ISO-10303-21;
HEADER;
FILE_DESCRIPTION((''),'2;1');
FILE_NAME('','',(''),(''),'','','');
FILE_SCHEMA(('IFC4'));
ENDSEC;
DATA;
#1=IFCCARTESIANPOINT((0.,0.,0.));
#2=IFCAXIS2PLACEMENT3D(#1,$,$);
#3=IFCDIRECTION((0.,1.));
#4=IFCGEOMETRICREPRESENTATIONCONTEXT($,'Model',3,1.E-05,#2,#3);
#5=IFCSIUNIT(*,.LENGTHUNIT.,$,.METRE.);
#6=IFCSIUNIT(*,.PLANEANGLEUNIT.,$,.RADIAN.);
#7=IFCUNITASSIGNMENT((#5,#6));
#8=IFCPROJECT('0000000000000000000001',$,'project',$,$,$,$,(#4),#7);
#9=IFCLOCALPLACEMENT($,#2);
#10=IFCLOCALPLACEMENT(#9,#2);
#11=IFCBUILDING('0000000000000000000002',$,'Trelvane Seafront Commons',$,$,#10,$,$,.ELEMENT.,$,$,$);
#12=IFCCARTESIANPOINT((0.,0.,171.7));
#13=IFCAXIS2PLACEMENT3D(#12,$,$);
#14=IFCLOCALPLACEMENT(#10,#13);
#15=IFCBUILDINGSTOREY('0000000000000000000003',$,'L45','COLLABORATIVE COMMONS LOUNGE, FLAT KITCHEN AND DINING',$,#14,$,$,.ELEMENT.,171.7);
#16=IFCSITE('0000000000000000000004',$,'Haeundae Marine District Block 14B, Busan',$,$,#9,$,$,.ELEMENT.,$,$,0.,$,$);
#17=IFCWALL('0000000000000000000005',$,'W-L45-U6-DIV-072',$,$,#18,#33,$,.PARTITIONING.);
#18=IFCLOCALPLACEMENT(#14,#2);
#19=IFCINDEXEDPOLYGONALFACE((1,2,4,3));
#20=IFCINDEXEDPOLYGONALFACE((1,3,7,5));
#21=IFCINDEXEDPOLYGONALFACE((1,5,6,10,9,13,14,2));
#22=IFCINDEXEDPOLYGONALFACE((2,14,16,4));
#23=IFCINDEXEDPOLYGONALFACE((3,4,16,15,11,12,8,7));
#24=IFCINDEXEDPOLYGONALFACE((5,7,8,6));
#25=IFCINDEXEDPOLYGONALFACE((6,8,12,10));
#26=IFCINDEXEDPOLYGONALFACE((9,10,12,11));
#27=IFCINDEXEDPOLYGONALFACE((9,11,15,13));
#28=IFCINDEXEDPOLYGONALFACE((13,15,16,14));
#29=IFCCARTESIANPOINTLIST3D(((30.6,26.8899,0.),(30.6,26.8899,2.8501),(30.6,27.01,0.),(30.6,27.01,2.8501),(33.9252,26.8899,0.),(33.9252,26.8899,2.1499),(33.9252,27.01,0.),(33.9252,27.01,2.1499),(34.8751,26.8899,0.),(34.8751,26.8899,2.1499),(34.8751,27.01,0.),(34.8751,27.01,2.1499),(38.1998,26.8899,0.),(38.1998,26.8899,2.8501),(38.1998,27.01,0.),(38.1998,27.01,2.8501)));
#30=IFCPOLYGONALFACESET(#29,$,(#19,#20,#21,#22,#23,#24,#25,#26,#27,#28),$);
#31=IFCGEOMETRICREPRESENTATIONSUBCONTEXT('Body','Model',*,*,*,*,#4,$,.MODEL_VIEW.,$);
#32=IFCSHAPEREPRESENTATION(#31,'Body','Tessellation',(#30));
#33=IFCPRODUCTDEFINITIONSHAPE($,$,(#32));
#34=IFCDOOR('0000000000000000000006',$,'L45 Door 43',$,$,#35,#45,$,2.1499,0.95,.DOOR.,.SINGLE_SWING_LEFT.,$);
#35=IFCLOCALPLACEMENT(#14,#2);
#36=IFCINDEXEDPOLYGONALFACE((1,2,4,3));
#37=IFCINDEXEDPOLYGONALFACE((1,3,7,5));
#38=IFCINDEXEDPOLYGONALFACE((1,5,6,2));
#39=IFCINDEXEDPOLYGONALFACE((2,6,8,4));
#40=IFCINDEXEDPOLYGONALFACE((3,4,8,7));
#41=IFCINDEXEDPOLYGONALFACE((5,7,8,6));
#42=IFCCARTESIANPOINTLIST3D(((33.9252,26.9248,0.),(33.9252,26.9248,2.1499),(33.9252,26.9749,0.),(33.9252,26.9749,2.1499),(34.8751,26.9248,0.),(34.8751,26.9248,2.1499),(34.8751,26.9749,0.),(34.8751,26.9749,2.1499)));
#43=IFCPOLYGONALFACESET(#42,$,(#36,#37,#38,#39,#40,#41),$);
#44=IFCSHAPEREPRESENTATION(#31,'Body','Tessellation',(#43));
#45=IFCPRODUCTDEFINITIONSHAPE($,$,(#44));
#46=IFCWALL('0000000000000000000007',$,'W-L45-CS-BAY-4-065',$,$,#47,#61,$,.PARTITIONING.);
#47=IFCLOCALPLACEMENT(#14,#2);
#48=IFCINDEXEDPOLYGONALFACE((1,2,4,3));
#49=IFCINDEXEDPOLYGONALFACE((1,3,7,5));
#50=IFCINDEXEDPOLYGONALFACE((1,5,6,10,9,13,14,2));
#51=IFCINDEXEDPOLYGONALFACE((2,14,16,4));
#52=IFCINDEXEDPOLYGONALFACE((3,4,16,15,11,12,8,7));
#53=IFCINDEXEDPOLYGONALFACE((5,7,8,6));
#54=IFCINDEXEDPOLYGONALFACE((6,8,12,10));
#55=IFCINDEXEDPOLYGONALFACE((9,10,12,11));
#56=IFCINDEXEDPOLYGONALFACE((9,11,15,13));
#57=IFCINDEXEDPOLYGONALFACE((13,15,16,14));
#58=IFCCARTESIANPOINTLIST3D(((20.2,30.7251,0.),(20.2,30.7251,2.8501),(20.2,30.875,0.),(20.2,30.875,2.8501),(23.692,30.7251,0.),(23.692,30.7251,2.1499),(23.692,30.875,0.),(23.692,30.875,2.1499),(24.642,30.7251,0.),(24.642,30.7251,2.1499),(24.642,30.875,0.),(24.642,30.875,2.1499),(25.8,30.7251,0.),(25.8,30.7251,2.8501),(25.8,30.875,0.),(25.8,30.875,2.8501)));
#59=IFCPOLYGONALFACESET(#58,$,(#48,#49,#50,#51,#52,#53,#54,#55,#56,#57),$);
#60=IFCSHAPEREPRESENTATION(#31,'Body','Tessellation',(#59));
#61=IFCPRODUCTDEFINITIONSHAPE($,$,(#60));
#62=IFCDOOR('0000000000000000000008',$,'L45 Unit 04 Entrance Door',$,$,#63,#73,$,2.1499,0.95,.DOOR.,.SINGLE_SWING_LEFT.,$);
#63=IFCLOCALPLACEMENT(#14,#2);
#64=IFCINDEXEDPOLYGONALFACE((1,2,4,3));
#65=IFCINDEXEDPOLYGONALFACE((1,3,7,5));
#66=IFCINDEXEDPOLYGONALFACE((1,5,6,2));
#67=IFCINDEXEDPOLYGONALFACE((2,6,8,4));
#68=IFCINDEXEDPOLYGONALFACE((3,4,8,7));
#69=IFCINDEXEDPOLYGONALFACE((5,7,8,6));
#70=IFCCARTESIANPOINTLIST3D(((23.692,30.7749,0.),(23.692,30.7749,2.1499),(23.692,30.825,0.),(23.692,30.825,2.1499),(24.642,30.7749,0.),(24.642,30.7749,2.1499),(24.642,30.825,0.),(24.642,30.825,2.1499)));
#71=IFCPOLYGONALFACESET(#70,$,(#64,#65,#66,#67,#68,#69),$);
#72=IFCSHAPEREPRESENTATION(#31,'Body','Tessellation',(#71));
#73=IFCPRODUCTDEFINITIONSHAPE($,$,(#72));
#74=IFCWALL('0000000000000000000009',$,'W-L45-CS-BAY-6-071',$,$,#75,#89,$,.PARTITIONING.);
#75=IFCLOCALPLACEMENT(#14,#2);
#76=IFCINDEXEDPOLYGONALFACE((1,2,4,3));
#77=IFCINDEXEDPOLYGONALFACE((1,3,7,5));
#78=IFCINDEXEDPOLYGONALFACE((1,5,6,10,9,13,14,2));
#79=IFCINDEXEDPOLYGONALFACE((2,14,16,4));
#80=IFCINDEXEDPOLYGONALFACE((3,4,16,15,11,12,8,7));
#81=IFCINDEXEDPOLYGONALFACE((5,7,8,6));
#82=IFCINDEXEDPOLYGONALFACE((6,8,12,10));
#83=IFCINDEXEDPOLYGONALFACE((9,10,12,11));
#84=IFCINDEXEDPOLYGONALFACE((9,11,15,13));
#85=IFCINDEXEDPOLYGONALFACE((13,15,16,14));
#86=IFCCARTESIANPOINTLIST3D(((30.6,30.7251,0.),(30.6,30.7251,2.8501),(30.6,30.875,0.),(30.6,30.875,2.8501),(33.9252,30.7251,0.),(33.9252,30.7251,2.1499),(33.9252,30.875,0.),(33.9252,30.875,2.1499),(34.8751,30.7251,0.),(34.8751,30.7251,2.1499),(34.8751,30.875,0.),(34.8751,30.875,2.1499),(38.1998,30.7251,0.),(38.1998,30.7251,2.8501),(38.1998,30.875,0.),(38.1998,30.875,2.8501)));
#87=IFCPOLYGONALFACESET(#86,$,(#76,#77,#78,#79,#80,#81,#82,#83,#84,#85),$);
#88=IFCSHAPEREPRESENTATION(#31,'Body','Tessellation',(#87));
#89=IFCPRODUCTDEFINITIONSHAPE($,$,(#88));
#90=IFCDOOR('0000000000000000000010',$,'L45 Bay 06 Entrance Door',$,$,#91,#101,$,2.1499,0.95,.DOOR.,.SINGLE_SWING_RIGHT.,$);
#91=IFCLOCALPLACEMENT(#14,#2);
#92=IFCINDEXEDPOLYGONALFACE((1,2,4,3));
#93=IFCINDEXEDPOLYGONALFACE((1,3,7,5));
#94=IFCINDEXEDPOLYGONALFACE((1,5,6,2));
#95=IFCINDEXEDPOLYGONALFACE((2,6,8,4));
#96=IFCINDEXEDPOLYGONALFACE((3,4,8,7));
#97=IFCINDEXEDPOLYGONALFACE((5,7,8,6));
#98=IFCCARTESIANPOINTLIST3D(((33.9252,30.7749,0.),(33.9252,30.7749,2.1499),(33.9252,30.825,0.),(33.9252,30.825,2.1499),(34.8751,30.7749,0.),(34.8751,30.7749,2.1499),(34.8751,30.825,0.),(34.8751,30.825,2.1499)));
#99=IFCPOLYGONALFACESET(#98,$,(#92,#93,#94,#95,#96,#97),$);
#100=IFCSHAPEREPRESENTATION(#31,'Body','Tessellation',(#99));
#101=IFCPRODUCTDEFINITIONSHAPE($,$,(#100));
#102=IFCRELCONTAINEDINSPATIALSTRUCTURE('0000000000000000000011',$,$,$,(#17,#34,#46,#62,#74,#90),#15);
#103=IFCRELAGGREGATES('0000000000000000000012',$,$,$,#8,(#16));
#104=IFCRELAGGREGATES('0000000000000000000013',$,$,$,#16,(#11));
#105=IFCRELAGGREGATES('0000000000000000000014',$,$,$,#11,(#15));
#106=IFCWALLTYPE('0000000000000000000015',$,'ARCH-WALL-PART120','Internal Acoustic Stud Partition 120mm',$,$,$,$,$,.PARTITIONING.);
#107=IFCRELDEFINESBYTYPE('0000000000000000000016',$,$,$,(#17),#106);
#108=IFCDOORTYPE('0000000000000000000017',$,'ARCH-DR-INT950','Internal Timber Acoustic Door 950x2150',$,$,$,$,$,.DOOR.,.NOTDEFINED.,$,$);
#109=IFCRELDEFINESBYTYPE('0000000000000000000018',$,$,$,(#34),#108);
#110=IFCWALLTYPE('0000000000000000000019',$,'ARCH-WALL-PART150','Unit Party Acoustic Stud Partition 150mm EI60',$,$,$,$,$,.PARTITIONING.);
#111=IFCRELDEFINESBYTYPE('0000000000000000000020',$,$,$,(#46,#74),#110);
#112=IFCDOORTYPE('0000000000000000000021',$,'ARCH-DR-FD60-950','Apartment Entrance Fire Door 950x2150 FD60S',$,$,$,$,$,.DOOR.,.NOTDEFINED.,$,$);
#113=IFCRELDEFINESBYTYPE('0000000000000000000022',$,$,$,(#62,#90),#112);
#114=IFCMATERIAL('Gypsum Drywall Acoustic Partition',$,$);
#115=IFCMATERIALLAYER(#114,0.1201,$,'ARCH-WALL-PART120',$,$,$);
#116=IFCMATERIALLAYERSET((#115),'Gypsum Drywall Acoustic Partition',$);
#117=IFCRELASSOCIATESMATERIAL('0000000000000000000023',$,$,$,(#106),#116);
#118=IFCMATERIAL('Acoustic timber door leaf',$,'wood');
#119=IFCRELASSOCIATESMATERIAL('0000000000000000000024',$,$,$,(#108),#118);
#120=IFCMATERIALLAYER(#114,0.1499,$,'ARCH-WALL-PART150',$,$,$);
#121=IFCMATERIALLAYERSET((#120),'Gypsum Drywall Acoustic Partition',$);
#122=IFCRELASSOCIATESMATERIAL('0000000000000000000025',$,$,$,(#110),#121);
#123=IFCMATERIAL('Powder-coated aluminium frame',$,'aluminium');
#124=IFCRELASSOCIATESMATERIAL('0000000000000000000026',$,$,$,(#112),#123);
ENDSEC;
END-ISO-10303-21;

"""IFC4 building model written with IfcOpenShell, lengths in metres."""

from ifc_helpers import new_model, si_unit, direction, frame, frame_2d, origin, place, context, subcontext, project, spatial, rectangle, extrude, source, transform, mapped, material, layer, layer_set, type_object, element, fill, save


model = new_model("IFC4")

# Units and contexts
model_context = context("Model", 3, precision=1e-05, world=origin(), true_north=direction((0.0, 1.0)))
body_context = subcontext(model_context, "Body", "Model", "MODEL_VIEW")
ifc_project = project(units=[si_unit("LENGTHUNIT", "METRE"), si_unit("PLANEANGLEUNIT", "RADIAN")], contexts=[model_context])

# Site, building, storey
site_placement = place(None, origin())
site = spatial("IfcSite", under=ifc_project, at=site_placement, Name="Haeundae Marine District Block 14B, Busan", CompositionType="ELEMENT", RefElevation=0.0)
building_placement = place(site_placement, origin())
building = spatial("IfcBuilding", under=site, at=building_placement, Name="Trelvane Seafront Commons", CompositionType="ELEMENT")
storey_placement = place(building_placement, frame((0.0, 0.0, 171.7)))
storey = spatial("IfcBuildingStorey", under=building, at=storey_placement, Name="L45", Description="COLLABORATIVE COMMONS LOUNGE, FLAT KITCHEN AND DINING", CompositionType="ELEMENT", Elevation=171.7)

# Shared definitions
ifc_material_1 = material(Name="Gypsum Drywall Acoustic Partition")
ifc_layer_1 = layer(ifc_material_1, 0.1201, Name="ARCH-WALL-PART120")
ifc_layer_set_1 = layer_set([ifc_layer_1], Name="Gypsum Drywall Acoustic Partition")
wall_type_1 = type_object("IfcWallType", Name="ARCH-WALL-PART120", Description="Internal Acoustic Stud Partition 120mm", PredefinedType="PARTITIONING", material=ifc_layer_set_1)
ifc_material_2 = material(Name="Acoustic timber door leaf", Category="wood")

# Walls, openings, doors
door_type_1 = type_object("IfcDoorType", Name="ARCH-DR-INT950", Description="Internal Timber Acoustic Door 950x2150", OperationType="NOTDEFINED", PredefinedType="DOOR", material=ifc_material_2)
shared_shape_1 = source(origin(), body_context, "Body", "SweptSolid", [
    extrude(rectangle(XDim=0.95, YDim=2.1499, at=frame_2d((0.4751, 1.075))), frame((0.0, 0.0249, 0.0), z_axis=(0.0, -1.0, 0.0), x_axis=(1.0, 0.0, 0.0)), (0.0, 0.0, 1.0), 0.05),
])
wall_1_placement = place(storey_placement, frame((30.6001, 26.95, 0.0), z_axis=(0.0, 0.0, 1.0), x_axis=(1.0, 0.0, 0.0)))
wall_1 = element("IfcWall", 1, at=wall_1_placement, inside=storey, type_object=wall_type_1, Name="W-L45-U6-DIV-072", PredefinedType="PARTITIONING", context=body_context, shape_type="SweptSolid", body=[
    extrude(rectangle(XDim=7.5999, YDim=0.1201, at=frame_2d((3.7998, 0.0))), origin(), (0.0, 0.0, 1.0), 2.8501),
])
opening_1_placement = place(wall_1_placement, frame((3.325, 0.0, 0.0)))
opening_1 = element("IfcOpeningElement", 2, at=opening_1_placement, cuts=wall_1, PredefinedType="OPENING", context=body_context, shape_type="SweptSolid", body=[
    extrude(rectangle(XDim=0.95, YDim=2.1499, at=frame_2d((0.4751, 1.075))), frame((0.0, 0.0701, 0.0), z_axis=(0.0, -1.0, 0.0), x_axis=(1.0, 0.0, 0.0)), (0.0, 0.0, 1.0), 0.1401),
])
door_1_placement = place(opening_1_placement, origin())
door_1 = element("IfcDoor", 3, at=door_1_placement, inside=storey, type_object=door_type_1, Name="L45 Door 43", OperationType="SINGLE_SWING_LEFT", OverallHeight=2.1499, OverallWidth=0.95, PredefinedType="DOOR", context=body_context, shape_type="MappedRepresentation", body=[
    mapped(shared_shape_1, transform((0.0, 0.0, 0.0), x_axis=(1.0, 0.0, 0.0), y_axis=(0.0, 1.0, 0.0), z_axis=(0.0, 0.0, 1.0), scale=1.0)),
])
fill(opening_1, door_1)
ifc_layer_2 = layer(ifc_material_1, 0.1499, Name="ARCH-WALL-PART150")
ifc_layer_set_2 = layer_set([ifc_layer_2], Name="Gypsum Drywall Acoustic Partition")
wall_type_2 = type_object("IfcWallType", Name="ARCH-WALL-PART150", Description="Unit Party Acoustic Stud Partition 150mm EI60", PredefinedType="PARTITIONING", material=ifc_layer_set_2)
wall_2_placement = place(storey_placement, frame((20.2, 30.8, 0.0), z_axis=(0.0, 0.0, 1.0), x_axis=(1.0, 0.0, 0.0)))
wall_2 = element("IfcWall", 4, at=wall_2_placement, inside=storey, type_object=wall_type_2, Name="W-L45-CS-BAY-4-065", PredefinedType="PARTITIONING", context=body_context, shape_type="SweptSolid", body=[
    extrude(rectangle(XDim=5.6001, YDim=0.1499, at=frame_2d((2.8, 0.0))), origin(), (0.0, 0.0, 1.0), 2.8501),
])
opening_2_placement = place(wall_2_placement, frame((3.4919, 0.0, 0.0)))
opening_2 = element("IfcOpeningElement", 5, at=opening_2_placement, cuts=wall_2, PredefinedType="OPENING", context=body_context, shape_type="SweptSolid", body=[
    extrude(rectangle(XDim=0.95, YDim=2.1499, at=frame_2d((0.4751, 1.075))), frame((0.0, 0.085, 0.0), z_axis=(0.0, -1.0, 0.0), x_axis=(1.0, 0.0, 0.0)), (0.0, 0.0, 1.0), 0.1699),
])
ifc_material_3 = material(Name="Powder-coated aluminium frame", Category="aluminium")
door_type_2 = type_object("IfcDoorType", Name="ARCH-DR-FD60-950", Description="Apartment Entrance Fire Door 950x2150 FD60S", OperationType="NOTDEFINED", PredefinedType="DOOR", material=ifc_material_3)
door_2_placement = place(opening_2_placement, origin())
door_2 = element("IfcDoor", 6, at=door_2_placement, inside=storey, type_object=door_type_2, Name="L45 Unit 04 Entrance Door", OperationType="SINGLE_SWING_LEFT", OverallHeight=2.1499, OverallWidth=0.95, PredefinedType="DOOR", context=body_context, shape_type="MappedRepresentation", body=[
    mapped(shared_shape_1, transform((0.0, 0.0, 0.0), x_axis=(1.0, 0.0, 0.0), y_axis=(0.0, 1.0, 0.0), z_axis=(0.0, 0.0, 1.0), scale=1.0)),
])
fill(opening_2, door_2)
wall_3_placement = place(storey_placement, frame((30.6001, 30.8, 0.0), z_axis=(0.0, 0.0, 1.0), x_axis=(1.0, 0.0, 0.0)))
wall_3 = element("IfcWall", 7, at=wall_3_placement, inside=storey, type_object=wall_type_2, Name="W-L45-CS-BAY-6-071", PredefinedType="PARTITIONING", context=body_context, shape_type="SweptSolid", body=[
    extrude(rectangle(XDim=7.5999, YDim=0.1499, at=frame_2d((3.7998, 0.0))), origin(), (0.0, 0.0, 1.0), 2.8501),
])
opening_3_placement = place(wall_3_placement, frame((3.325, 0.0, 0.0)))
opening_3 = element("IfcOpeningElement", 8, at=opening_3_placement, cuts=wall_3, PredefinedType="OPENING", context=body_context, shape_type="SweptSolid", body=[
    extrude(rectangle(XDim=0.95, YDim=2.1499, at=frame_2d((0.4751, 1.075))), frame((0.0, 0.085, 0.0), z_axis=(0.0, -1.0, 0.0), x_axis=(1.0, 0.0, 0.0)), (0.0, 0.0, 1.0), 0.1699),
])
door_3_placement = place(opening_3_placement, origin())
door_3 = element("IfcDoor", 9, at=door_3_placement, inside=storey, type_object=door_type_2, Name="L45 Bay 06 Entrance Door", OperationType="SINGLE_SWING_RIGHT", OverallHeight=2.1499, OverallWidth=0.95, PredefinedType="DOOR", context=body_context, shape_type="MappedRepresentation", body=[
    mapped(shared_shape_1, transform((0.0, 0.0, 0.0), x_axis=(1.0, 0.0, 0.0), y_axis=(0.0, 1.0, 0.0), z_axis=(0.0, 0.0, 1.0), scale=1.0)),
])
fill(opening_3, door_3)

save(model, "model.ifc")
